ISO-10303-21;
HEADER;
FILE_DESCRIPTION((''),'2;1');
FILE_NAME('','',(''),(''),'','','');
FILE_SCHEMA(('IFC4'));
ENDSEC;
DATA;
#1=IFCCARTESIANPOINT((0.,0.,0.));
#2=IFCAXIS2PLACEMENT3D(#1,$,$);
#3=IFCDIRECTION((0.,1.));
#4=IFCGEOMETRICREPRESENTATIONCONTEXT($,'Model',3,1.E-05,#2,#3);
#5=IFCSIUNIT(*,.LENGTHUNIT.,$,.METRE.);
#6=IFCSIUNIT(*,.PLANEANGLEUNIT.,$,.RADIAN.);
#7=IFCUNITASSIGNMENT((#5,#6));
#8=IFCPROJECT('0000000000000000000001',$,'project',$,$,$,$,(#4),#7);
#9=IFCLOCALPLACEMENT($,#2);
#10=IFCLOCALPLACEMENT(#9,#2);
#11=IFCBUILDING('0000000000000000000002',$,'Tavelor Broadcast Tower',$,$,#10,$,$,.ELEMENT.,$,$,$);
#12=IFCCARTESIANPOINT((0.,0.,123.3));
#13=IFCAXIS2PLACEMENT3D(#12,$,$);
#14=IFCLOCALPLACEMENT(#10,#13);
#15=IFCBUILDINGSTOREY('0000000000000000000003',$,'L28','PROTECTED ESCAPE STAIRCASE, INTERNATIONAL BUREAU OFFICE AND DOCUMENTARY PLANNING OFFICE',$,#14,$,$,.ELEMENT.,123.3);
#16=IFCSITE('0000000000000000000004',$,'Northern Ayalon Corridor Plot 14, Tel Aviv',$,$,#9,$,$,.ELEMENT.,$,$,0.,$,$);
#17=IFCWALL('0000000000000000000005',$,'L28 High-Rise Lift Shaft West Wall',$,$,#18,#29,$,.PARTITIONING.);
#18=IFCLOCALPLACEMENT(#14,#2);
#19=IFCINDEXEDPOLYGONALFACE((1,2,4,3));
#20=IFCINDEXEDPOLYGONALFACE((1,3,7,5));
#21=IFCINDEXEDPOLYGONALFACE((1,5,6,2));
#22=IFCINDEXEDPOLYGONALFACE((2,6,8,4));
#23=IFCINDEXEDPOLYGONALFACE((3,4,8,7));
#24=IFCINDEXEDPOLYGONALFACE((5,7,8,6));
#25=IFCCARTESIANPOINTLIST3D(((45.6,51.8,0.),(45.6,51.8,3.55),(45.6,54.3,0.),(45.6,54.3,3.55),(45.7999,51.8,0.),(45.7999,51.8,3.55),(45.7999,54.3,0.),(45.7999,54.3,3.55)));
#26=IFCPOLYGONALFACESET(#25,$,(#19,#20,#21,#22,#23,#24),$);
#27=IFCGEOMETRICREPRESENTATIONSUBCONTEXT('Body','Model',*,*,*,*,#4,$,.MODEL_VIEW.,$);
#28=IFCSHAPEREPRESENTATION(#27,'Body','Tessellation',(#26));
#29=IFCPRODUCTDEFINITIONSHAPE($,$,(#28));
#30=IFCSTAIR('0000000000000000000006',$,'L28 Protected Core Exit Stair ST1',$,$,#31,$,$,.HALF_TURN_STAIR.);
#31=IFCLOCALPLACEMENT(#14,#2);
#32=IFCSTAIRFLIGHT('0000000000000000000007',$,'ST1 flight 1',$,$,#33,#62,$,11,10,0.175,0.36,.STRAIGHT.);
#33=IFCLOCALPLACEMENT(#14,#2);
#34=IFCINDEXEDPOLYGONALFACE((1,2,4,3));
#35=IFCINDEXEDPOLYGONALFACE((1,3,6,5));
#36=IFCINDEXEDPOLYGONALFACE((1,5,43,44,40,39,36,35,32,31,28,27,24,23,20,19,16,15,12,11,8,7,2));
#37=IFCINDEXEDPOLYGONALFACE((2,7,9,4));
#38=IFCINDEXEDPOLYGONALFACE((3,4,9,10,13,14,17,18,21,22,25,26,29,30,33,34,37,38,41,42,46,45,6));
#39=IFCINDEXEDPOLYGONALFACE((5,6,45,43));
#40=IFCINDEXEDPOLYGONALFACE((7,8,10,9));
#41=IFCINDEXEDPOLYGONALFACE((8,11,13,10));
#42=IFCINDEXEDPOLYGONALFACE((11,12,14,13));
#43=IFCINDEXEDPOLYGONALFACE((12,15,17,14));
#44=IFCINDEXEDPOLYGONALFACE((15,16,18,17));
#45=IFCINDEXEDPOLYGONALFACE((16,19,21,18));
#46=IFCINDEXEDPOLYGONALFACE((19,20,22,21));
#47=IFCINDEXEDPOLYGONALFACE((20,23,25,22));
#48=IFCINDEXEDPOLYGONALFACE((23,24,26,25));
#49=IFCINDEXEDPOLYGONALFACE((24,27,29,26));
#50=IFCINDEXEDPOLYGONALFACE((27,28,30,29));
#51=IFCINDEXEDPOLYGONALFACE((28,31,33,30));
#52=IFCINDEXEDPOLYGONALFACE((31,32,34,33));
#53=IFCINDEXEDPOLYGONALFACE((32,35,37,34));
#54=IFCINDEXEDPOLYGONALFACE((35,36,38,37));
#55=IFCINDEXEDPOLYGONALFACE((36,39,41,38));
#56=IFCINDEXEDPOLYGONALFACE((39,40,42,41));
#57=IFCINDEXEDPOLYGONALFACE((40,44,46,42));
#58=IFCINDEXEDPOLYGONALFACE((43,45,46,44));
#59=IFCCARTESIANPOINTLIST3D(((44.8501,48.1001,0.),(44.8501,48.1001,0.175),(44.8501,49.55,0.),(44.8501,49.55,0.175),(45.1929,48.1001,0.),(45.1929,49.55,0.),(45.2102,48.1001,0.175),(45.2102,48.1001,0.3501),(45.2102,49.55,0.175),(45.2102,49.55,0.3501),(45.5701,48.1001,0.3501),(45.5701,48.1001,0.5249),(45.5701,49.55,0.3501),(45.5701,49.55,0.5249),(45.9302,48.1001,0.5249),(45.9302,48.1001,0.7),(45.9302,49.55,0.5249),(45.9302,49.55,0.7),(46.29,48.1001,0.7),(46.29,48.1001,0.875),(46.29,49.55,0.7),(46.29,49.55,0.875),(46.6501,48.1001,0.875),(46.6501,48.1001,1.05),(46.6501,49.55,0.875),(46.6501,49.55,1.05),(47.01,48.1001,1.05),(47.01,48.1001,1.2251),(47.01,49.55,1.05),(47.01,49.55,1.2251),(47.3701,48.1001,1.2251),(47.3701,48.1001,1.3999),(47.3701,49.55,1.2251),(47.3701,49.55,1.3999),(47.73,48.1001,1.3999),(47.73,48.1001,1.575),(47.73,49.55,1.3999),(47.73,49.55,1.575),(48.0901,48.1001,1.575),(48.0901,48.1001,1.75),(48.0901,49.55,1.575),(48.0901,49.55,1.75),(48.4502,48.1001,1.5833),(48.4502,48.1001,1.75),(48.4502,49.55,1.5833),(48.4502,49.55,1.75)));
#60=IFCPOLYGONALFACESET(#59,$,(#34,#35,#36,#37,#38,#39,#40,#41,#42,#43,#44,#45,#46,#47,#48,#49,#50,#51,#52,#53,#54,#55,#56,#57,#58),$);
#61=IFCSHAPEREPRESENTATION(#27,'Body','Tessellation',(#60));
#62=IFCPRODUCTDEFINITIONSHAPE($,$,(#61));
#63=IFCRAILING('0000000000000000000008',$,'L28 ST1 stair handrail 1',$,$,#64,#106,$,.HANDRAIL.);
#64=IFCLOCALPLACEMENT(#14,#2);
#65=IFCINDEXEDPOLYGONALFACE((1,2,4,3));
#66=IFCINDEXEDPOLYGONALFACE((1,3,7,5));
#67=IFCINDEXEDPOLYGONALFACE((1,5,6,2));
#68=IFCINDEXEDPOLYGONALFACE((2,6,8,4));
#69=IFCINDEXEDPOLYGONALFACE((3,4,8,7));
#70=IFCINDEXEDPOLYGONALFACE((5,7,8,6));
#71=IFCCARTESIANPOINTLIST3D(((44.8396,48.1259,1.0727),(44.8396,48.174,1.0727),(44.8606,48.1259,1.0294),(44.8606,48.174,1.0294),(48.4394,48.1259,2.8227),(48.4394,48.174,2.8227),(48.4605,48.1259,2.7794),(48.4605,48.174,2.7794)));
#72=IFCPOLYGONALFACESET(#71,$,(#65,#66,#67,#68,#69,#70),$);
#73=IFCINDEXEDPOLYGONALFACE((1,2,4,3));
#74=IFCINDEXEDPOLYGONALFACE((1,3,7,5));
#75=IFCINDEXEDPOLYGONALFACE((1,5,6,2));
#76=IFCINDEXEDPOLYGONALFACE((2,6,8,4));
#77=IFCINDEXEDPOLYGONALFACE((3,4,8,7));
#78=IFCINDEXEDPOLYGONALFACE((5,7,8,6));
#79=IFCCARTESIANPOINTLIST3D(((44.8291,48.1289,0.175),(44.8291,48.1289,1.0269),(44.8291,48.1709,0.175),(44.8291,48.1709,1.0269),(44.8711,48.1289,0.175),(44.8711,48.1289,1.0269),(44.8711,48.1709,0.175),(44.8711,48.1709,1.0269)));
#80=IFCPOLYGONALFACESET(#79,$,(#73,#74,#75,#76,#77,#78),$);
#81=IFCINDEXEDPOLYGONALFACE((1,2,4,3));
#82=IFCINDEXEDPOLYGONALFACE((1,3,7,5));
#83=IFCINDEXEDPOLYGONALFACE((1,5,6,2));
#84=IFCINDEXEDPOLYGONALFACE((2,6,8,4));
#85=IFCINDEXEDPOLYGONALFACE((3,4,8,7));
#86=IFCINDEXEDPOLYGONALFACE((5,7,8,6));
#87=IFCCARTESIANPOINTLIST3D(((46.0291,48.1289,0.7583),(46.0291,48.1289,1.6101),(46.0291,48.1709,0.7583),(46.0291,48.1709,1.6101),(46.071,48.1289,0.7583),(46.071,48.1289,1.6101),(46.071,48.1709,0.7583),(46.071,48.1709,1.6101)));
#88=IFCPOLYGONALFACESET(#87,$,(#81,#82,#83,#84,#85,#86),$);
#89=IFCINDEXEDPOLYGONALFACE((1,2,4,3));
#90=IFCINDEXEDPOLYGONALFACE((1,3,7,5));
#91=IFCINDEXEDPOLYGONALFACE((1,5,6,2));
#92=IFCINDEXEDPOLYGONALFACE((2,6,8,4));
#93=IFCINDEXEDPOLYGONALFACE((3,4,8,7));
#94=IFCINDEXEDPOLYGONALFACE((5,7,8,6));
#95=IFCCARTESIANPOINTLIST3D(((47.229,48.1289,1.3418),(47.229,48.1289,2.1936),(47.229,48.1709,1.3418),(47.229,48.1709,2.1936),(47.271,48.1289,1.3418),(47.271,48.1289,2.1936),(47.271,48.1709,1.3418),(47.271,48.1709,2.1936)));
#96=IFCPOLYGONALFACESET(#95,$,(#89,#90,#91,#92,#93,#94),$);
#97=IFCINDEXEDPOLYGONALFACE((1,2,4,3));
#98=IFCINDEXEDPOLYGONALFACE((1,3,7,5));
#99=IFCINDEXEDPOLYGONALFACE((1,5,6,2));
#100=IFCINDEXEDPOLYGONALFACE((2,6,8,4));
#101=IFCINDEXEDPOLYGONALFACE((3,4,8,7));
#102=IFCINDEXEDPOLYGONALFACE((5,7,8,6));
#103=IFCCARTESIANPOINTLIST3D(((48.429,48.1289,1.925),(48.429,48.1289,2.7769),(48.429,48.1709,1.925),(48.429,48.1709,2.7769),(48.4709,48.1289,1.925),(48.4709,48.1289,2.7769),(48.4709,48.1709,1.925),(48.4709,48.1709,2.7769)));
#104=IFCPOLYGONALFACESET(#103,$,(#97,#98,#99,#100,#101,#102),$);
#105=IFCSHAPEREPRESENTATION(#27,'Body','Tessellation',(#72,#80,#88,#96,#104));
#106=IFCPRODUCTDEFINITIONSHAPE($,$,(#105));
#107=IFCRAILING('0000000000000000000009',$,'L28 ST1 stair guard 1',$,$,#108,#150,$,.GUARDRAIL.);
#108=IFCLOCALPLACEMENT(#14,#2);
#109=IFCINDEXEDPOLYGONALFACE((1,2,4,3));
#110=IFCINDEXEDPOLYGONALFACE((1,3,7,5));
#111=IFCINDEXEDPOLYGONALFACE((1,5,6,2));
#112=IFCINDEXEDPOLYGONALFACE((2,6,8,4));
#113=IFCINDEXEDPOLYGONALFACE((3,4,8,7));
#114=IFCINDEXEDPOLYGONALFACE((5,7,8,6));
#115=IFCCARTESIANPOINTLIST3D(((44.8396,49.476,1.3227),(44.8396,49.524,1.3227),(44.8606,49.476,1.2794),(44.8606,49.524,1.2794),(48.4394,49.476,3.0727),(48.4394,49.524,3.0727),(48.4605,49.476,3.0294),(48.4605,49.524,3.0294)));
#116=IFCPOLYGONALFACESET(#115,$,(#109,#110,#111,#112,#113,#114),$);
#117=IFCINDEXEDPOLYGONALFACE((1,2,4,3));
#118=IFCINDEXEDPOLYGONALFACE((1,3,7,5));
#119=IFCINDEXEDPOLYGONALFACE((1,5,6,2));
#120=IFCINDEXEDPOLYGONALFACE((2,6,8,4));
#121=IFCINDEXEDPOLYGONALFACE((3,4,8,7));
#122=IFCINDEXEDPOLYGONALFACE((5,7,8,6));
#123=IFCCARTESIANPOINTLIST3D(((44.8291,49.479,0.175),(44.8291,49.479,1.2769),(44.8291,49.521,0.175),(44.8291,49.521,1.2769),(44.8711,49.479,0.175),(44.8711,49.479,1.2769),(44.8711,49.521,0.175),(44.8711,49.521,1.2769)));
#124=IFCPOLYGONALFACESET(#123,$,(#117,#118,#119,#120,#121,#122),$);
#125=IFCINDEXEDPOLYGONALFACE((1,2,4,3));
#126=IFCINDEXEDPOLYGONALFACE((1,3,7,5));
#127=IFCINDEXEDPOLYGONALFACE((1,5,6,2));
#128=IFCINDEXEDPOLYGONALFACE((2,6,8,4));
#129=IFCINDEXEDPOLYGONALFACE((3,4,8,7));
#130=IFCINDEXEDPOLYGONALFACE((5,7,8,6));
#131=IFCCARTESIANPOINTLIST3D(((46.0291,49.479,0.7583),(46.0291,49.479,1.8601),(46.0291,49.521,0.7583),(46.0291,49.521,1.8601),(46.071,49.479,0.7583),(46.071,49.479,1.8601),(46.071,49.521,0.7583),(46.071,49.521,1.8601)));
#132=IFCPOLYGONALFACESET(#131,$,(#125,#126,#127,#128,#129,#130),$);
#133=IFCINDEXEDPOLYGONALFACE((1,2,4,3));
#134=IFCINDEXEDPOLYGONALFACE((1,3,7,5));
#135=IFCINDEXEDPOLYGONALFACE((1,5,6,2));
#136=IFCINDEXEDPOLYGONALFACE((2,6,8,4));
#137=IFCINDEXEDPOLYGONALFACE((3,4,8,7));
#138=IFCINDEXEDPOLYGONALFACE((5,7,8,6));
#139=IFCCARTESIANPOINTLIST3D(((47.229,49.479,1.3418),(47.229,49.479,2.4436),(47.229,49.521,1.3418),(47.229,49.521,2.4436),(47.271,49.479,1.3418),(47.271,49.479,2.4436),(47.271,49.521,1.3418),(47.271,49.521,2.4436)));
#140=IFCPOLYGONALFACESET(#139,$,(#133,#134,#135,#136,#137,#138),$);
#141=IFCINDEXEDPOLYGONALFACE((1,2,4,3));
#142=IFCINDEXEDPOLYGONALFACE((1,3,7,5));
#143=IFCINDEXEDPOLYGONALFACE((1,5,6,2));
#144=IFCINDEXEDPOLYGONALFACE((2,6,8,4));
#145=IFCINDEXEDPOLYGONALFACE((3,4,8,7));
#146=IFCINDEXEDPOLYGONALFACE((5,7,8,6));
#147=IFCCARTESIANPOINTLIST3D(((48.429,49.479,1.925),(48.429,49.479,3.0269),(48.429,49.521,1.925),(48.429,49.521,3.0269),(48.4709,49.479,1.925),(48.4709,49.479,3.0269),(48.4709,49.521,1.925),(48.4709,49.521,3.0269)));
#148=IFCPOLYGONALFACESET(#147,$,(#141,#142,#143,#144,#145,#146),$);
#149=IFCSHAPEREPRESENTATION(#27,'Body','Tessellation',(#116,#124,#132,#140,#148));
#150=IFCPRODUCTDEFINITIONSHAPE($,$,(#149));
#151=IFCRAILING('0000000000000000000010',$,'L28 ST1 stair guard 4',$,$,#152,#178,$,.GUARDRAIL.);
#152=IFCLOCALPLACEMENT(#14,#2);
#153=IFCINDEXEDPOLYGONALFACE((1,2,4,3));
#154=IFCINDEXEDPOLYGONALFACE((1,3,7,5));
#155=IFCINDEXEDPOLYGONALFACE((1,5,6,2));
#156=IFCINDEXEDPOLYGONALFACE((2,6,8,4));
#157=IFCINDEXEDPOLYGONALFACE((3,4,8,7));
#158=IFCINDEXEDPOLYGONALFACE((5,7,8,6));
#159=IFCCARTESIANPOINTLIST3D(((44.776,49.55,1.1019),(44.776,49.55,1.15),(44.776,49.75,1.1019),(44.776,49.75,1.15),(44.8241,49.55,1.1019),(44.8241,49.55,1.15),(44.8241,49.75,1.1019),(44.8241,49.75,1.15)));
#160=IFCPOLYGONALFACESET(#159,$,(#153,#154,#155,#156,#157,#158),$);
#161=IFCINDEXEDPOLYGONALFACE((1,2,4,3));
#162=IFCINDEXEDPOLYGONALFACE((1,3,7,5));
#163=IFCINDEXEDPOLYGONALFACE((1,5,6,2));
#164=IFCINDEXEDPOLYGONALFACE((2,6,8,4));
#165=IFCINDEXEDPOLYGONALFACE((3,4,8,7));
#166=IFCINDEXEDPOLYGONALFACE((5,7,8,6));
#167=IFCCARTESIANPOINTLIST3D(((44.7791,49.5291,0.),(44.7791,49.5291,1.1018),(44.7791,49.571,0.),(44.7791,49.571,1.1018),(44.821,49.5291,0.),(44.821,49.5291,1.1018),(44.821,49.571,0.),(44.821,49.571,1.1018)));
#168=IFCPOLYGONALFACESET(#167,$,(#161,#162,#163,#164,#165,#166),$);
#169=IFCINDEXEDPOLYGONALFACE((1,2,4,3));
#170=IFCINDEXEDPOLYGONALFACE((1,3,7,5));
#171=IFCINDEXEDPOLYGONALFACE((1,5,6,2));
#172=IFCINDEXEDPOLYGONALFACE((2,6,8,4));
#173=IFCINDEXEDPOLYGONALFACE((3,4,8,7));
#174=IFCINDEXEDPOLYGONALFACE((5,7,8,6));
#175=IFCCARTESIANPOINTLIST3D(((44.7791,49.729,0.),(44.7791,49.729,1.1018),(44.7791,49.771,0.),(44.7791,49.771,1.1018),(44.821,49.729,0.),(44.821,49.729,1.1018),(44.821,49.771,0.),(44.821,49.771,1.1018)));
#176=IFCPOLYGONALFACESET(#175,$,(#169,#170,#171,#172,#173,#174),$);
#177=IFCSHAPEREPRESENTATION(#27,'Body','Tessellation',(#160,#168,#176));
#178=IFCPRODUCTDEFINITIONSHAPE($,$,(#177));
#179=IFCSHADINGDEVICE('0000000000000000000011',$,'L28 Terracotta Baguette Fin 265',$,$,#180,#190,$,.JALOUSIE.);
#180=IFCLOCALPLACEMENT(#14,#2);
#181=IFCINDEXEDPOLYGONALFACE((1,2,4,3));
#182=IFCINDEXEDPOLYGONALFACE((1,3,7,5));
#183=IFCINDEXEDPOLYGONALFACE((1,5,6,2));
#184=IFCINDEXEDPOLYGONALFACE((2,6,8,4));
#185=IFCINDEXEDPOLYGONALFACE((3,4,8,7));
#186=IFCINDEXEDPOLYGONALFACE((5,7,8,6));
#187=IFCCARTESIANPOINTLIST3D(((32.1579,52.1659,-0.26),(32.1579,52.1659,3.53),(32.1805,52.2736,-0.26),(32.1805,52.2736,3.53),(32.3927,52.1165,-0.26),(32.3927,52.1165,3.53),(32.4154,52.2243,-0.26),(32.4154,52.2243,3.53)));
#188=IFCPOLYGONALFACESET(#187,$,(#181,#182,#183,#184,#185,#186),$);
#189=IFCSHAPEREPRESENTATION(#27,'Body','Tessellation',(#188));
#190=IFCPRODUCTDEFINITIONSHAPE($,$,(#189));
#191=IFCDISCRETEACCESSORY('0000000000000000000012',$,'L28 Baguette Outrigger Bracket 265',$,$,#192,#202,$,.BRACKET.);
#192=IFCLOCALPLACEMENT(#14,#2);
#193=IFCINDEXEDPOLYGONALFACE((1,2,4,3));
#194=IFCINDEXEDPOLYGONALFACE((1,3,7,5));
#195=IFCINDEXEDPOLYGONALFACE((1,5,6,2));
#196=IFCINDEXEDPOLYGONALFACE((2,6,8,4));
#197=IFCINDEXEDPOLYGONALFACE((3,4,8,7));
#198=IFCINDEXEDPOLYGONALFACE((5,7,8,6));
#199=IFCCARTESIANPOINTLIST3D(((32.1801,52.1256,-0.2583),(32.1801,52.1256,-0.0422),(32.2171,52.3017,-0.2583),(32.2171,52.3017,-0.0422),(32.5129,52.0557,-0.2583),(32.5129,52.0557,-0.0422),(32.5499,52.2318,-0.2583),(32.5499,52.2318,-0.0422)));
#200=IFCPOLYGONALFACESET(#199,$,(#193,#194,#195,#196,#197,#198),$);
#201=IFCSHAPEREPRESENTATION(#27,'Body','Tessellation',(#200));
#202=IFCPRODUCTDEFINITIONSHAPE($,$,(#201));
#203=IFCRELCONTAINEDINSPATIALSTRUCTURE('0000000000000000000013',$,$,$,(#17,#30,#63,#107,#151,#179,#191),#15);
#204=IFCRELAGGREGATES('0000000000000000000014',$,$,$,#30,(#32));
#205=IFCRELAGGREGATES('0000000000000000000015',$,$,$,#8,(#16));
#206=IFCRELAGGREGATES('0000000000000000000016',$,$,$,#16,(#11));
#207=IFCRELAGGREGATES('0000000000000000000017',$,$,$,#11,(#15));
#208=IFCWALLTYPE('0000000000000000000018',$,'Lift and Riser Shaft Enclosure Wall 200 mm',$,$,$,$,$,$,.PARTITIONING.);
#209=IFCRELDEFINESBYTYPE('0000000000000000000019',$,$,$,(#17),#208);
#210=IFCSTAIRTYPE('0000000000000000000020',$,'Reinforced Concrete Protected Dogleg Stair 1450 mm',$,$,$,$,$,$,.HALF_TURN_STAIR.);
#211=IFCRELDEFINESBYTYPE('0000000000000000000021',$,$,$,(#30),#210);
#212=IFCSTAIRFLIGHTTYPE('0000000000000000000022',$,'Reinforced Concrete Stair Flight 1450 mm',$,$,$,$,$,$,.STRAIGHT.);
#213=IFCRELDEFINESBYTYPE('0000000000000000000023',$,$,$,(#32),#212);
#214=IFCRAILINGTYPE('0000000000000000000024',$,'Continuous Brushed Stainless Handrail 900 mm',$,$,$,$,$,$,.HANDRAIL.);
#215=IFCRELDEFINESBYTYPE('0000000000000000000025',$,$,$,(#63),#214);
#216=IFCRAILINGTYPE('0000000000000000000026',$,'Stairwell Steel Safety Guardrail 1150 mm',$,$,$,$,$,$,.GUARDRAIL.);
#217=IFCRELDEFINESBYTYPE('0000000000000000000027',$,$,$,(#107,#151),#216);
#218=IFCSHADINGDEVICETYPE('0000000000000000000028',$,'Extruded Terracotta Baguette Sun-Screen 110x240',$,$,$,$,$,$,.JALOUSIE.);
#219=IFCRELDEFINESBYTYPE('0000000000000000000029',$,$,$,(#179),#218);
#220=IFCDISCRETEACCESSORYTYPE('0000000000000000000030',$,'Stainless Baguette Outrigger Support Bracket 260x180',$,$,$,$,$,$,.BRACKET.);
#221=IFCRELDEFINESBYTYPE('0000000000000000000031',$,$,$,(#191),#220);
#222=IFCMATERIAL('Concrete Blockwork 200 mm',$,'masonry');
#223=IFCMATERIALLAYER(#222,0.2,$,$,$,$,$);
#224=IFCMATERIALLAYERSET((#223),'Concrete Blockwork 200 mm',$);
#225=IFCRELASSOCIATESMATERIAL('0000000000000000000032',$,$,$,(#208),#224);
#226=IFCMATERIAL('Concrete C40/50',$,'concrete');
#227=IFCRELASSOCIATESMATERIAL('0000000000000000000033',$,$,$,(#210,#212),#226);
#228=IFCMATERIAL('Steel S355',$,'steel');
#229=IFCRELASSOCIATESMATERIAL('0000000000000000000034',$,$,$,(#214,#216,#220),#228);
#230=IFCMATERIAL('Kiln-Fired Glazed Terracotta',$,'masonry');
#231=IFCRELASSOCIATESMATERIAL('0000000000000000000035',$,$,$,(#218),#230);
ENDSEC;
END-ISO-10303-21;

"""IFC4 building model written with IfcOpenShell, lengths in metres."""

from ifc_helpers import new_model, si_unit, direction, frame, frame_2d, origin, origin_2d, place, context, subcontext, project, spatial, polyline, rectangle, outline, extrude, source, transform, mapped, material, layer, layer_set, type_object, type_shapes, element, aggregate, save


model = new_model("IFC4")

# Units and contexts
model_context = context("Model", 3, precision=1e-05, world=origin(), true_north=direction((0.0, 1.0)))
body_context = subcontext(model_context, "Body", "Model", "MODEL_VIEW")
ifc_project = project(units=[si_unit("LENGTHUNIT", "METRE"), si_unit("PLANEANGLEUNIT", "RADIAN")], contexts=[model_context])

# Site, building, storey
site_placement = place(None, origin())
site = spatial("IfcSite", under=ifc_project, at=site_placement, Name="Northern Ayalon Corridor Plot 14, Tel Aviv", CompositionType="ELEMENT", RefElevation=0.0)
building_placement = place(site_placement, origin())
building = spatial("IfcBuilding", under=site, at=building_placement, Name="Tavelor Broadcast Tower", CompositionType="ELEMENT")
storey_placement = place(building_placement, frame((0.0, 0.0, 123.3)))
storey = spatial("IfcBuildingStorey", under=building, at=storey_placement, Name="L28", Description="PROTECTED ESCAPE STAIRCASE, INTERNATIONAL BUREAU OFFICE AND DOCUMENTARY PLANNING OFFICE", CompositionType="ELEMENT", Elevation=123.3)

# Shared definitions
ifc_material_1 = material(Name="Steel S355", Category="steel")

# Wall
ifc_material_2 = material(Name="Concrete Blockwork 200 mm", Category="masonry")
ifc_layer_1 = layer(ifc_material_2, 0.2)
ifc_layer_set_1 = layer_set([ifc_layer_1], Name="Concrete Blockwork 200 mm")
wall_type_1 = type_object("IfcWallType", Name="Lift and Riser Shaft Enclosure Wall 200 mm", PredefinedType="PARTITIONING", material=ifc_layer_set_1)
wall_1_placement = place(storey_placement, frame((45.7, 51.8, 0.0), z_axis=(0.0, 0.0, 1.0), x_axis=(0.0, 1.0, 0.0)))
element("IfcWall", 1, at=wall_1_placement, inside=storey, type_object=wall_type_1, Name="L28 High-Rise Lift Shaft West Wall", PredefinedType="PARTITIONING", context=body_context, shape_type="SweptSolid", body=[
    extrude(rectangle(XDim=2.5, YDim=0.2, at=frame_2d((1.25, 0.0))), origin(), (0.0, 0.0, 1.0), 3.55),
])

# Stair, stair flight
ifc_material_3 = material(Name="Concrete C40/50", Category="concrete")
stair_type = type_object("IfcStairType", Name="Reinforced Concrete Protected Dogleg Stair 1450 mm", PredefinedType="HALF_TURN_STAIR", material=ifc_material_3)
stair_placement = place(storey_placement, origin())
stair = element("IfcStair", 2, at=stair_placement, inside=storey, type_object=stair_type, Name="L28 Protected Core Exit Stair ST1", PredefinedType="HALF_TURN_STAIR")
stair_flight_type = type_object("IfcStairFlightType", Name="Reinforced Concrete Stair Flight 1450 mm", PredefinedType="STRAIGHT", material=ifc_material_3)
stair_flight_placement = place(storey_placement, frame((44.8501, 48.825, 0.0), z_axis=(0.0, 0.0, 1.0), x_axis=(1.0, 0.0, 0.0)))
stair_flight = element("IfcStairFlight", 3, at=stair_flight_placement, type_object=stair_flight_type, Name="ST1 flight 1", NumberOfRisers=11, NumberOfTreads=10, PredefinedType="STRAIGHT", RiserHeight=0.175, TreadLength=0.36, context=body_context, shape_type="SweptSolid", body=[
    extrude(outline(polyline([(0.0, 0.0), (0.0, 0.175), (0.3601, 0.175), (0.3601, 0.3501), (0.72, 0.3501), (0.72, 0.5249), (1.0801, 0.5249), (1.0801, 0.7), (1.4399, 0.7), (1.4399, 0.875), (1.8, 0.875), (1.8, 1.05), (2.1599, 1.05), (2.1599, 1.2251), (2.52, 1.2251), (2.52, 1.3999), (2.8799, 1.3999), (2.8799, 1.575), (3.24, 1.575), (3.24, 1.75), (3.6001, 1.75), (3.6001, 1.925), (3.6001, 1.5833), (0.3428, 0.0), (0.0, 0.0)])), frame((0.0, 0.7251, 0.0), z_axis=(0.0, -1.0, 0.0), x_axis=(1.0, 0.0, 0.0)), (0.0, 0.0, 1.0), 1.45),
])
aggregate(stair, [stair_flight])

# Railings
railing_type_1 = type_object("IfcRailingType", Name="Continuous Brushed Stainless Handrail 900 mm", PredefinedType="HANDRAIL", material=ifc_material_1)
railing_1_placement = place(storey_placement, frame((44.8501, 48.1499, 0.175)))
element("IfcRailing", 4, at=railing_1_placement, inside=storey, type_object=railing_type_1, Name="L28 ST1 stair handrail 1", PredefinedType="HANDRAIL", context=body_context, shape_type="SweptSolid", body=[
    extrude(rectangle(XDim=0.0481, YDim=0.0481, at=origin_2d()), frame((0.0, 0.0, 0.876), z_axis=(0.899361, 0.0, 0.437207), x_axis=(0.0, 1.0, 0.0)), (0.0, 0.0, 1.0), 4.0027),
    extrude(rectangle(XDim=0.042, YDim=0.042, at=origin_2d()), origin(), (0.0, 0.0, 1.0), 0.8518),
    extrude(rectangle(XDim=0.042, YDim=0.042, at=origin_2d()), frame((1.2, 0.0, 0.5833)), (0.0, 0.0, 1.0), 0.8518),
    extrude(rectangle(XDim=0.042, YDim=0.042, at=origin_2d()), frame((2.3999, 0.0, 1.1667)), (0.0, 0.0, 1.0), 0.8518),
    extrude(rectangle(XDim=0.042, YDim=0.042, at=origin_2d()), frame((3.5999, 0.0, 1.75)), (0.0, 0.0, 1.0), 0.8518),
])
railing_type_2 = type_object("IfcRailingType", Name="Stairwell Steel Safety Guardrail 1150 mm", PredefinedType="GUARDRAIL", material=ifc_material_1)
railing_2_placement = place(storey_placement, frame((44.8501, 49.5, 0.175)))
element("IfcRailing", 5, at=railing_2_placement, inside=storey, type_object=railing_type_2, Name="L28 ST1 stair guard 1", PredefinedType="GUARDRAIL", context=body_context, shape_type="SweptSolid", body=[
    extrude(rectangle(XDim=0.0481, YDim=0.0481, at=origin_2d()), frame((0.0, 0.0, 1.126), z_axis=(0.899361, 0.0, 0.437207), x_axis=(0.0, 1.0, 0.0)), (0.0, 0.0, 1.0), 4.0027),
    extrude(rectangle(XDim=0.042, YDim=0.042, at=origin_2d()), origin(), (0.0, 0.0, 1.0), 1.1018),
    extrude(rectangle(XDim=0.042, YDim=0.042, at=origin_2d()), frame((1.2, 0.0, 0.5833)), (0.0, 0.0, 1.0), 1.1018),
    extrude(rectangle(XDim=0.042, YDim=0.042, at=origin_2d()), frame((2.3999, 0.0, 1.1667)), (0.0, 0.0, 1.0), 1.1018),
    extrude(rectangle(XDim=0.042, YDim=0.042, at=origin_2d()), frame((3.5999, 0.0, 1.75)), (0.0, 0.0, 1.0), 1.1018),
])
railing_3_placement = place(storey_placement, frame((44.8, 49.55, 0.0)))
element("IfcRailing", 6, at=railing_3_placement, inside=storey, type_object=railing_type_2, Name="L28 ST1 stair guard 4", PredefinedType="GUARDRAIL", context=body_context, shape_type="SweptSolid", body=[
    extrude(rectangle(XDim=0.0481, YDim=0.0481, at=origin_2d()), frame((0.0, 0.0, 1.126), z_axis=(0.0, 1.0, 0.0), x_axis=(-1.0, 0.0, 0.0)), (0.0, 0.0, 1.0), 0.2),
    extrude(rectangle(XDim=0.042, YDim=0.042, at=origin_2d()), origin(), (0.0, 0.0, 1.0), 1.1018),
    extrude(rectangle(XDim=0.042, YDim=0.042, at=origin_2d()), frame((0.0, 0.2, 0.0)), (0.0, 0.0, 1.0), 1.1018),
])

# Shading device
ifc_material_4 = material(Name="Kiln-Fired Glazed Terracotta", Category="masonry")
shading_device_type = type_object("IfcShadingDeviceType", Name="Extruded Terracotta Baguette Sun-Screen 110x240", PredefinedType="JALOUSIE", material=ifc_material_4)
shared_shape_1 = source(origin(), body_context, "Body", "SweptSolid", [
    extrude(rectangle(XDim=0.1101, YDim=0.24, at=origin_2d()), origin(), (0.0, 0.0, 1.0), 3.79),
])
type_shapes(shading_device_type, [shared_shape_1])
shading_device_placement = place(storey_placement, frame((32.2866, 52.1951, -0.26), z_axis=(0.0, 0.0, 1.0), x_axis=(-0.205692, -0.978617, 0.0)))
element("IfcShadingDevice", 7, at=shading_device_placement, inside=storey, type_object=shading_device_type, Name="L28 Terracotta Baguette Fin 265", PredefinedType="JALOUSIE", context=body_context, shape_type="MappedRepresentation", body=[
    mapped(shared_shape_1, transform((0.0, 0.0, 0.0), scale=1.0)),
])

# Discrete accessory
discrete_accessory_type = type_object("IfcDiscreteAccessoryType", Name="Stainless Baguette Outrigger Support Bracket 260x180", PredefinedType="BRACKET", material=ifc_material_1)
shared_shape_2 = source(origin(), body_context, "Body", "SweptSolid", [
    extrude(rectangle(XDim=0.1799, YDim=0.3401, at=origin_2d()), origin(), (0.0, 0.0, 1.0), 0.2161),
])
type_shapes(discrete_accessory_type, [shared_shape_2])
discrete_accessory_placement = place(storey_placement, frame((32.365, 52.1787, -0.2583), z_axis=(0.0, 0.0, 1.0), x_axis=(-0.205692, -0.978617, 0.0)))
element("IfcDiscreteAccessory", 8, at=discrete_accessory_placement, inside=storey, type_object=discrete_accessory_type, Name="L28 Baguette Outrigger Bracket 265", PredefinedType="BRACKET", context=body_context, shape_type="MappedRepresentation", body=[
    mapped(shared_shape_2, transform((0.0, 0.0, 0.0), scale=1.0)),
])

save(model, "model.ifc")
